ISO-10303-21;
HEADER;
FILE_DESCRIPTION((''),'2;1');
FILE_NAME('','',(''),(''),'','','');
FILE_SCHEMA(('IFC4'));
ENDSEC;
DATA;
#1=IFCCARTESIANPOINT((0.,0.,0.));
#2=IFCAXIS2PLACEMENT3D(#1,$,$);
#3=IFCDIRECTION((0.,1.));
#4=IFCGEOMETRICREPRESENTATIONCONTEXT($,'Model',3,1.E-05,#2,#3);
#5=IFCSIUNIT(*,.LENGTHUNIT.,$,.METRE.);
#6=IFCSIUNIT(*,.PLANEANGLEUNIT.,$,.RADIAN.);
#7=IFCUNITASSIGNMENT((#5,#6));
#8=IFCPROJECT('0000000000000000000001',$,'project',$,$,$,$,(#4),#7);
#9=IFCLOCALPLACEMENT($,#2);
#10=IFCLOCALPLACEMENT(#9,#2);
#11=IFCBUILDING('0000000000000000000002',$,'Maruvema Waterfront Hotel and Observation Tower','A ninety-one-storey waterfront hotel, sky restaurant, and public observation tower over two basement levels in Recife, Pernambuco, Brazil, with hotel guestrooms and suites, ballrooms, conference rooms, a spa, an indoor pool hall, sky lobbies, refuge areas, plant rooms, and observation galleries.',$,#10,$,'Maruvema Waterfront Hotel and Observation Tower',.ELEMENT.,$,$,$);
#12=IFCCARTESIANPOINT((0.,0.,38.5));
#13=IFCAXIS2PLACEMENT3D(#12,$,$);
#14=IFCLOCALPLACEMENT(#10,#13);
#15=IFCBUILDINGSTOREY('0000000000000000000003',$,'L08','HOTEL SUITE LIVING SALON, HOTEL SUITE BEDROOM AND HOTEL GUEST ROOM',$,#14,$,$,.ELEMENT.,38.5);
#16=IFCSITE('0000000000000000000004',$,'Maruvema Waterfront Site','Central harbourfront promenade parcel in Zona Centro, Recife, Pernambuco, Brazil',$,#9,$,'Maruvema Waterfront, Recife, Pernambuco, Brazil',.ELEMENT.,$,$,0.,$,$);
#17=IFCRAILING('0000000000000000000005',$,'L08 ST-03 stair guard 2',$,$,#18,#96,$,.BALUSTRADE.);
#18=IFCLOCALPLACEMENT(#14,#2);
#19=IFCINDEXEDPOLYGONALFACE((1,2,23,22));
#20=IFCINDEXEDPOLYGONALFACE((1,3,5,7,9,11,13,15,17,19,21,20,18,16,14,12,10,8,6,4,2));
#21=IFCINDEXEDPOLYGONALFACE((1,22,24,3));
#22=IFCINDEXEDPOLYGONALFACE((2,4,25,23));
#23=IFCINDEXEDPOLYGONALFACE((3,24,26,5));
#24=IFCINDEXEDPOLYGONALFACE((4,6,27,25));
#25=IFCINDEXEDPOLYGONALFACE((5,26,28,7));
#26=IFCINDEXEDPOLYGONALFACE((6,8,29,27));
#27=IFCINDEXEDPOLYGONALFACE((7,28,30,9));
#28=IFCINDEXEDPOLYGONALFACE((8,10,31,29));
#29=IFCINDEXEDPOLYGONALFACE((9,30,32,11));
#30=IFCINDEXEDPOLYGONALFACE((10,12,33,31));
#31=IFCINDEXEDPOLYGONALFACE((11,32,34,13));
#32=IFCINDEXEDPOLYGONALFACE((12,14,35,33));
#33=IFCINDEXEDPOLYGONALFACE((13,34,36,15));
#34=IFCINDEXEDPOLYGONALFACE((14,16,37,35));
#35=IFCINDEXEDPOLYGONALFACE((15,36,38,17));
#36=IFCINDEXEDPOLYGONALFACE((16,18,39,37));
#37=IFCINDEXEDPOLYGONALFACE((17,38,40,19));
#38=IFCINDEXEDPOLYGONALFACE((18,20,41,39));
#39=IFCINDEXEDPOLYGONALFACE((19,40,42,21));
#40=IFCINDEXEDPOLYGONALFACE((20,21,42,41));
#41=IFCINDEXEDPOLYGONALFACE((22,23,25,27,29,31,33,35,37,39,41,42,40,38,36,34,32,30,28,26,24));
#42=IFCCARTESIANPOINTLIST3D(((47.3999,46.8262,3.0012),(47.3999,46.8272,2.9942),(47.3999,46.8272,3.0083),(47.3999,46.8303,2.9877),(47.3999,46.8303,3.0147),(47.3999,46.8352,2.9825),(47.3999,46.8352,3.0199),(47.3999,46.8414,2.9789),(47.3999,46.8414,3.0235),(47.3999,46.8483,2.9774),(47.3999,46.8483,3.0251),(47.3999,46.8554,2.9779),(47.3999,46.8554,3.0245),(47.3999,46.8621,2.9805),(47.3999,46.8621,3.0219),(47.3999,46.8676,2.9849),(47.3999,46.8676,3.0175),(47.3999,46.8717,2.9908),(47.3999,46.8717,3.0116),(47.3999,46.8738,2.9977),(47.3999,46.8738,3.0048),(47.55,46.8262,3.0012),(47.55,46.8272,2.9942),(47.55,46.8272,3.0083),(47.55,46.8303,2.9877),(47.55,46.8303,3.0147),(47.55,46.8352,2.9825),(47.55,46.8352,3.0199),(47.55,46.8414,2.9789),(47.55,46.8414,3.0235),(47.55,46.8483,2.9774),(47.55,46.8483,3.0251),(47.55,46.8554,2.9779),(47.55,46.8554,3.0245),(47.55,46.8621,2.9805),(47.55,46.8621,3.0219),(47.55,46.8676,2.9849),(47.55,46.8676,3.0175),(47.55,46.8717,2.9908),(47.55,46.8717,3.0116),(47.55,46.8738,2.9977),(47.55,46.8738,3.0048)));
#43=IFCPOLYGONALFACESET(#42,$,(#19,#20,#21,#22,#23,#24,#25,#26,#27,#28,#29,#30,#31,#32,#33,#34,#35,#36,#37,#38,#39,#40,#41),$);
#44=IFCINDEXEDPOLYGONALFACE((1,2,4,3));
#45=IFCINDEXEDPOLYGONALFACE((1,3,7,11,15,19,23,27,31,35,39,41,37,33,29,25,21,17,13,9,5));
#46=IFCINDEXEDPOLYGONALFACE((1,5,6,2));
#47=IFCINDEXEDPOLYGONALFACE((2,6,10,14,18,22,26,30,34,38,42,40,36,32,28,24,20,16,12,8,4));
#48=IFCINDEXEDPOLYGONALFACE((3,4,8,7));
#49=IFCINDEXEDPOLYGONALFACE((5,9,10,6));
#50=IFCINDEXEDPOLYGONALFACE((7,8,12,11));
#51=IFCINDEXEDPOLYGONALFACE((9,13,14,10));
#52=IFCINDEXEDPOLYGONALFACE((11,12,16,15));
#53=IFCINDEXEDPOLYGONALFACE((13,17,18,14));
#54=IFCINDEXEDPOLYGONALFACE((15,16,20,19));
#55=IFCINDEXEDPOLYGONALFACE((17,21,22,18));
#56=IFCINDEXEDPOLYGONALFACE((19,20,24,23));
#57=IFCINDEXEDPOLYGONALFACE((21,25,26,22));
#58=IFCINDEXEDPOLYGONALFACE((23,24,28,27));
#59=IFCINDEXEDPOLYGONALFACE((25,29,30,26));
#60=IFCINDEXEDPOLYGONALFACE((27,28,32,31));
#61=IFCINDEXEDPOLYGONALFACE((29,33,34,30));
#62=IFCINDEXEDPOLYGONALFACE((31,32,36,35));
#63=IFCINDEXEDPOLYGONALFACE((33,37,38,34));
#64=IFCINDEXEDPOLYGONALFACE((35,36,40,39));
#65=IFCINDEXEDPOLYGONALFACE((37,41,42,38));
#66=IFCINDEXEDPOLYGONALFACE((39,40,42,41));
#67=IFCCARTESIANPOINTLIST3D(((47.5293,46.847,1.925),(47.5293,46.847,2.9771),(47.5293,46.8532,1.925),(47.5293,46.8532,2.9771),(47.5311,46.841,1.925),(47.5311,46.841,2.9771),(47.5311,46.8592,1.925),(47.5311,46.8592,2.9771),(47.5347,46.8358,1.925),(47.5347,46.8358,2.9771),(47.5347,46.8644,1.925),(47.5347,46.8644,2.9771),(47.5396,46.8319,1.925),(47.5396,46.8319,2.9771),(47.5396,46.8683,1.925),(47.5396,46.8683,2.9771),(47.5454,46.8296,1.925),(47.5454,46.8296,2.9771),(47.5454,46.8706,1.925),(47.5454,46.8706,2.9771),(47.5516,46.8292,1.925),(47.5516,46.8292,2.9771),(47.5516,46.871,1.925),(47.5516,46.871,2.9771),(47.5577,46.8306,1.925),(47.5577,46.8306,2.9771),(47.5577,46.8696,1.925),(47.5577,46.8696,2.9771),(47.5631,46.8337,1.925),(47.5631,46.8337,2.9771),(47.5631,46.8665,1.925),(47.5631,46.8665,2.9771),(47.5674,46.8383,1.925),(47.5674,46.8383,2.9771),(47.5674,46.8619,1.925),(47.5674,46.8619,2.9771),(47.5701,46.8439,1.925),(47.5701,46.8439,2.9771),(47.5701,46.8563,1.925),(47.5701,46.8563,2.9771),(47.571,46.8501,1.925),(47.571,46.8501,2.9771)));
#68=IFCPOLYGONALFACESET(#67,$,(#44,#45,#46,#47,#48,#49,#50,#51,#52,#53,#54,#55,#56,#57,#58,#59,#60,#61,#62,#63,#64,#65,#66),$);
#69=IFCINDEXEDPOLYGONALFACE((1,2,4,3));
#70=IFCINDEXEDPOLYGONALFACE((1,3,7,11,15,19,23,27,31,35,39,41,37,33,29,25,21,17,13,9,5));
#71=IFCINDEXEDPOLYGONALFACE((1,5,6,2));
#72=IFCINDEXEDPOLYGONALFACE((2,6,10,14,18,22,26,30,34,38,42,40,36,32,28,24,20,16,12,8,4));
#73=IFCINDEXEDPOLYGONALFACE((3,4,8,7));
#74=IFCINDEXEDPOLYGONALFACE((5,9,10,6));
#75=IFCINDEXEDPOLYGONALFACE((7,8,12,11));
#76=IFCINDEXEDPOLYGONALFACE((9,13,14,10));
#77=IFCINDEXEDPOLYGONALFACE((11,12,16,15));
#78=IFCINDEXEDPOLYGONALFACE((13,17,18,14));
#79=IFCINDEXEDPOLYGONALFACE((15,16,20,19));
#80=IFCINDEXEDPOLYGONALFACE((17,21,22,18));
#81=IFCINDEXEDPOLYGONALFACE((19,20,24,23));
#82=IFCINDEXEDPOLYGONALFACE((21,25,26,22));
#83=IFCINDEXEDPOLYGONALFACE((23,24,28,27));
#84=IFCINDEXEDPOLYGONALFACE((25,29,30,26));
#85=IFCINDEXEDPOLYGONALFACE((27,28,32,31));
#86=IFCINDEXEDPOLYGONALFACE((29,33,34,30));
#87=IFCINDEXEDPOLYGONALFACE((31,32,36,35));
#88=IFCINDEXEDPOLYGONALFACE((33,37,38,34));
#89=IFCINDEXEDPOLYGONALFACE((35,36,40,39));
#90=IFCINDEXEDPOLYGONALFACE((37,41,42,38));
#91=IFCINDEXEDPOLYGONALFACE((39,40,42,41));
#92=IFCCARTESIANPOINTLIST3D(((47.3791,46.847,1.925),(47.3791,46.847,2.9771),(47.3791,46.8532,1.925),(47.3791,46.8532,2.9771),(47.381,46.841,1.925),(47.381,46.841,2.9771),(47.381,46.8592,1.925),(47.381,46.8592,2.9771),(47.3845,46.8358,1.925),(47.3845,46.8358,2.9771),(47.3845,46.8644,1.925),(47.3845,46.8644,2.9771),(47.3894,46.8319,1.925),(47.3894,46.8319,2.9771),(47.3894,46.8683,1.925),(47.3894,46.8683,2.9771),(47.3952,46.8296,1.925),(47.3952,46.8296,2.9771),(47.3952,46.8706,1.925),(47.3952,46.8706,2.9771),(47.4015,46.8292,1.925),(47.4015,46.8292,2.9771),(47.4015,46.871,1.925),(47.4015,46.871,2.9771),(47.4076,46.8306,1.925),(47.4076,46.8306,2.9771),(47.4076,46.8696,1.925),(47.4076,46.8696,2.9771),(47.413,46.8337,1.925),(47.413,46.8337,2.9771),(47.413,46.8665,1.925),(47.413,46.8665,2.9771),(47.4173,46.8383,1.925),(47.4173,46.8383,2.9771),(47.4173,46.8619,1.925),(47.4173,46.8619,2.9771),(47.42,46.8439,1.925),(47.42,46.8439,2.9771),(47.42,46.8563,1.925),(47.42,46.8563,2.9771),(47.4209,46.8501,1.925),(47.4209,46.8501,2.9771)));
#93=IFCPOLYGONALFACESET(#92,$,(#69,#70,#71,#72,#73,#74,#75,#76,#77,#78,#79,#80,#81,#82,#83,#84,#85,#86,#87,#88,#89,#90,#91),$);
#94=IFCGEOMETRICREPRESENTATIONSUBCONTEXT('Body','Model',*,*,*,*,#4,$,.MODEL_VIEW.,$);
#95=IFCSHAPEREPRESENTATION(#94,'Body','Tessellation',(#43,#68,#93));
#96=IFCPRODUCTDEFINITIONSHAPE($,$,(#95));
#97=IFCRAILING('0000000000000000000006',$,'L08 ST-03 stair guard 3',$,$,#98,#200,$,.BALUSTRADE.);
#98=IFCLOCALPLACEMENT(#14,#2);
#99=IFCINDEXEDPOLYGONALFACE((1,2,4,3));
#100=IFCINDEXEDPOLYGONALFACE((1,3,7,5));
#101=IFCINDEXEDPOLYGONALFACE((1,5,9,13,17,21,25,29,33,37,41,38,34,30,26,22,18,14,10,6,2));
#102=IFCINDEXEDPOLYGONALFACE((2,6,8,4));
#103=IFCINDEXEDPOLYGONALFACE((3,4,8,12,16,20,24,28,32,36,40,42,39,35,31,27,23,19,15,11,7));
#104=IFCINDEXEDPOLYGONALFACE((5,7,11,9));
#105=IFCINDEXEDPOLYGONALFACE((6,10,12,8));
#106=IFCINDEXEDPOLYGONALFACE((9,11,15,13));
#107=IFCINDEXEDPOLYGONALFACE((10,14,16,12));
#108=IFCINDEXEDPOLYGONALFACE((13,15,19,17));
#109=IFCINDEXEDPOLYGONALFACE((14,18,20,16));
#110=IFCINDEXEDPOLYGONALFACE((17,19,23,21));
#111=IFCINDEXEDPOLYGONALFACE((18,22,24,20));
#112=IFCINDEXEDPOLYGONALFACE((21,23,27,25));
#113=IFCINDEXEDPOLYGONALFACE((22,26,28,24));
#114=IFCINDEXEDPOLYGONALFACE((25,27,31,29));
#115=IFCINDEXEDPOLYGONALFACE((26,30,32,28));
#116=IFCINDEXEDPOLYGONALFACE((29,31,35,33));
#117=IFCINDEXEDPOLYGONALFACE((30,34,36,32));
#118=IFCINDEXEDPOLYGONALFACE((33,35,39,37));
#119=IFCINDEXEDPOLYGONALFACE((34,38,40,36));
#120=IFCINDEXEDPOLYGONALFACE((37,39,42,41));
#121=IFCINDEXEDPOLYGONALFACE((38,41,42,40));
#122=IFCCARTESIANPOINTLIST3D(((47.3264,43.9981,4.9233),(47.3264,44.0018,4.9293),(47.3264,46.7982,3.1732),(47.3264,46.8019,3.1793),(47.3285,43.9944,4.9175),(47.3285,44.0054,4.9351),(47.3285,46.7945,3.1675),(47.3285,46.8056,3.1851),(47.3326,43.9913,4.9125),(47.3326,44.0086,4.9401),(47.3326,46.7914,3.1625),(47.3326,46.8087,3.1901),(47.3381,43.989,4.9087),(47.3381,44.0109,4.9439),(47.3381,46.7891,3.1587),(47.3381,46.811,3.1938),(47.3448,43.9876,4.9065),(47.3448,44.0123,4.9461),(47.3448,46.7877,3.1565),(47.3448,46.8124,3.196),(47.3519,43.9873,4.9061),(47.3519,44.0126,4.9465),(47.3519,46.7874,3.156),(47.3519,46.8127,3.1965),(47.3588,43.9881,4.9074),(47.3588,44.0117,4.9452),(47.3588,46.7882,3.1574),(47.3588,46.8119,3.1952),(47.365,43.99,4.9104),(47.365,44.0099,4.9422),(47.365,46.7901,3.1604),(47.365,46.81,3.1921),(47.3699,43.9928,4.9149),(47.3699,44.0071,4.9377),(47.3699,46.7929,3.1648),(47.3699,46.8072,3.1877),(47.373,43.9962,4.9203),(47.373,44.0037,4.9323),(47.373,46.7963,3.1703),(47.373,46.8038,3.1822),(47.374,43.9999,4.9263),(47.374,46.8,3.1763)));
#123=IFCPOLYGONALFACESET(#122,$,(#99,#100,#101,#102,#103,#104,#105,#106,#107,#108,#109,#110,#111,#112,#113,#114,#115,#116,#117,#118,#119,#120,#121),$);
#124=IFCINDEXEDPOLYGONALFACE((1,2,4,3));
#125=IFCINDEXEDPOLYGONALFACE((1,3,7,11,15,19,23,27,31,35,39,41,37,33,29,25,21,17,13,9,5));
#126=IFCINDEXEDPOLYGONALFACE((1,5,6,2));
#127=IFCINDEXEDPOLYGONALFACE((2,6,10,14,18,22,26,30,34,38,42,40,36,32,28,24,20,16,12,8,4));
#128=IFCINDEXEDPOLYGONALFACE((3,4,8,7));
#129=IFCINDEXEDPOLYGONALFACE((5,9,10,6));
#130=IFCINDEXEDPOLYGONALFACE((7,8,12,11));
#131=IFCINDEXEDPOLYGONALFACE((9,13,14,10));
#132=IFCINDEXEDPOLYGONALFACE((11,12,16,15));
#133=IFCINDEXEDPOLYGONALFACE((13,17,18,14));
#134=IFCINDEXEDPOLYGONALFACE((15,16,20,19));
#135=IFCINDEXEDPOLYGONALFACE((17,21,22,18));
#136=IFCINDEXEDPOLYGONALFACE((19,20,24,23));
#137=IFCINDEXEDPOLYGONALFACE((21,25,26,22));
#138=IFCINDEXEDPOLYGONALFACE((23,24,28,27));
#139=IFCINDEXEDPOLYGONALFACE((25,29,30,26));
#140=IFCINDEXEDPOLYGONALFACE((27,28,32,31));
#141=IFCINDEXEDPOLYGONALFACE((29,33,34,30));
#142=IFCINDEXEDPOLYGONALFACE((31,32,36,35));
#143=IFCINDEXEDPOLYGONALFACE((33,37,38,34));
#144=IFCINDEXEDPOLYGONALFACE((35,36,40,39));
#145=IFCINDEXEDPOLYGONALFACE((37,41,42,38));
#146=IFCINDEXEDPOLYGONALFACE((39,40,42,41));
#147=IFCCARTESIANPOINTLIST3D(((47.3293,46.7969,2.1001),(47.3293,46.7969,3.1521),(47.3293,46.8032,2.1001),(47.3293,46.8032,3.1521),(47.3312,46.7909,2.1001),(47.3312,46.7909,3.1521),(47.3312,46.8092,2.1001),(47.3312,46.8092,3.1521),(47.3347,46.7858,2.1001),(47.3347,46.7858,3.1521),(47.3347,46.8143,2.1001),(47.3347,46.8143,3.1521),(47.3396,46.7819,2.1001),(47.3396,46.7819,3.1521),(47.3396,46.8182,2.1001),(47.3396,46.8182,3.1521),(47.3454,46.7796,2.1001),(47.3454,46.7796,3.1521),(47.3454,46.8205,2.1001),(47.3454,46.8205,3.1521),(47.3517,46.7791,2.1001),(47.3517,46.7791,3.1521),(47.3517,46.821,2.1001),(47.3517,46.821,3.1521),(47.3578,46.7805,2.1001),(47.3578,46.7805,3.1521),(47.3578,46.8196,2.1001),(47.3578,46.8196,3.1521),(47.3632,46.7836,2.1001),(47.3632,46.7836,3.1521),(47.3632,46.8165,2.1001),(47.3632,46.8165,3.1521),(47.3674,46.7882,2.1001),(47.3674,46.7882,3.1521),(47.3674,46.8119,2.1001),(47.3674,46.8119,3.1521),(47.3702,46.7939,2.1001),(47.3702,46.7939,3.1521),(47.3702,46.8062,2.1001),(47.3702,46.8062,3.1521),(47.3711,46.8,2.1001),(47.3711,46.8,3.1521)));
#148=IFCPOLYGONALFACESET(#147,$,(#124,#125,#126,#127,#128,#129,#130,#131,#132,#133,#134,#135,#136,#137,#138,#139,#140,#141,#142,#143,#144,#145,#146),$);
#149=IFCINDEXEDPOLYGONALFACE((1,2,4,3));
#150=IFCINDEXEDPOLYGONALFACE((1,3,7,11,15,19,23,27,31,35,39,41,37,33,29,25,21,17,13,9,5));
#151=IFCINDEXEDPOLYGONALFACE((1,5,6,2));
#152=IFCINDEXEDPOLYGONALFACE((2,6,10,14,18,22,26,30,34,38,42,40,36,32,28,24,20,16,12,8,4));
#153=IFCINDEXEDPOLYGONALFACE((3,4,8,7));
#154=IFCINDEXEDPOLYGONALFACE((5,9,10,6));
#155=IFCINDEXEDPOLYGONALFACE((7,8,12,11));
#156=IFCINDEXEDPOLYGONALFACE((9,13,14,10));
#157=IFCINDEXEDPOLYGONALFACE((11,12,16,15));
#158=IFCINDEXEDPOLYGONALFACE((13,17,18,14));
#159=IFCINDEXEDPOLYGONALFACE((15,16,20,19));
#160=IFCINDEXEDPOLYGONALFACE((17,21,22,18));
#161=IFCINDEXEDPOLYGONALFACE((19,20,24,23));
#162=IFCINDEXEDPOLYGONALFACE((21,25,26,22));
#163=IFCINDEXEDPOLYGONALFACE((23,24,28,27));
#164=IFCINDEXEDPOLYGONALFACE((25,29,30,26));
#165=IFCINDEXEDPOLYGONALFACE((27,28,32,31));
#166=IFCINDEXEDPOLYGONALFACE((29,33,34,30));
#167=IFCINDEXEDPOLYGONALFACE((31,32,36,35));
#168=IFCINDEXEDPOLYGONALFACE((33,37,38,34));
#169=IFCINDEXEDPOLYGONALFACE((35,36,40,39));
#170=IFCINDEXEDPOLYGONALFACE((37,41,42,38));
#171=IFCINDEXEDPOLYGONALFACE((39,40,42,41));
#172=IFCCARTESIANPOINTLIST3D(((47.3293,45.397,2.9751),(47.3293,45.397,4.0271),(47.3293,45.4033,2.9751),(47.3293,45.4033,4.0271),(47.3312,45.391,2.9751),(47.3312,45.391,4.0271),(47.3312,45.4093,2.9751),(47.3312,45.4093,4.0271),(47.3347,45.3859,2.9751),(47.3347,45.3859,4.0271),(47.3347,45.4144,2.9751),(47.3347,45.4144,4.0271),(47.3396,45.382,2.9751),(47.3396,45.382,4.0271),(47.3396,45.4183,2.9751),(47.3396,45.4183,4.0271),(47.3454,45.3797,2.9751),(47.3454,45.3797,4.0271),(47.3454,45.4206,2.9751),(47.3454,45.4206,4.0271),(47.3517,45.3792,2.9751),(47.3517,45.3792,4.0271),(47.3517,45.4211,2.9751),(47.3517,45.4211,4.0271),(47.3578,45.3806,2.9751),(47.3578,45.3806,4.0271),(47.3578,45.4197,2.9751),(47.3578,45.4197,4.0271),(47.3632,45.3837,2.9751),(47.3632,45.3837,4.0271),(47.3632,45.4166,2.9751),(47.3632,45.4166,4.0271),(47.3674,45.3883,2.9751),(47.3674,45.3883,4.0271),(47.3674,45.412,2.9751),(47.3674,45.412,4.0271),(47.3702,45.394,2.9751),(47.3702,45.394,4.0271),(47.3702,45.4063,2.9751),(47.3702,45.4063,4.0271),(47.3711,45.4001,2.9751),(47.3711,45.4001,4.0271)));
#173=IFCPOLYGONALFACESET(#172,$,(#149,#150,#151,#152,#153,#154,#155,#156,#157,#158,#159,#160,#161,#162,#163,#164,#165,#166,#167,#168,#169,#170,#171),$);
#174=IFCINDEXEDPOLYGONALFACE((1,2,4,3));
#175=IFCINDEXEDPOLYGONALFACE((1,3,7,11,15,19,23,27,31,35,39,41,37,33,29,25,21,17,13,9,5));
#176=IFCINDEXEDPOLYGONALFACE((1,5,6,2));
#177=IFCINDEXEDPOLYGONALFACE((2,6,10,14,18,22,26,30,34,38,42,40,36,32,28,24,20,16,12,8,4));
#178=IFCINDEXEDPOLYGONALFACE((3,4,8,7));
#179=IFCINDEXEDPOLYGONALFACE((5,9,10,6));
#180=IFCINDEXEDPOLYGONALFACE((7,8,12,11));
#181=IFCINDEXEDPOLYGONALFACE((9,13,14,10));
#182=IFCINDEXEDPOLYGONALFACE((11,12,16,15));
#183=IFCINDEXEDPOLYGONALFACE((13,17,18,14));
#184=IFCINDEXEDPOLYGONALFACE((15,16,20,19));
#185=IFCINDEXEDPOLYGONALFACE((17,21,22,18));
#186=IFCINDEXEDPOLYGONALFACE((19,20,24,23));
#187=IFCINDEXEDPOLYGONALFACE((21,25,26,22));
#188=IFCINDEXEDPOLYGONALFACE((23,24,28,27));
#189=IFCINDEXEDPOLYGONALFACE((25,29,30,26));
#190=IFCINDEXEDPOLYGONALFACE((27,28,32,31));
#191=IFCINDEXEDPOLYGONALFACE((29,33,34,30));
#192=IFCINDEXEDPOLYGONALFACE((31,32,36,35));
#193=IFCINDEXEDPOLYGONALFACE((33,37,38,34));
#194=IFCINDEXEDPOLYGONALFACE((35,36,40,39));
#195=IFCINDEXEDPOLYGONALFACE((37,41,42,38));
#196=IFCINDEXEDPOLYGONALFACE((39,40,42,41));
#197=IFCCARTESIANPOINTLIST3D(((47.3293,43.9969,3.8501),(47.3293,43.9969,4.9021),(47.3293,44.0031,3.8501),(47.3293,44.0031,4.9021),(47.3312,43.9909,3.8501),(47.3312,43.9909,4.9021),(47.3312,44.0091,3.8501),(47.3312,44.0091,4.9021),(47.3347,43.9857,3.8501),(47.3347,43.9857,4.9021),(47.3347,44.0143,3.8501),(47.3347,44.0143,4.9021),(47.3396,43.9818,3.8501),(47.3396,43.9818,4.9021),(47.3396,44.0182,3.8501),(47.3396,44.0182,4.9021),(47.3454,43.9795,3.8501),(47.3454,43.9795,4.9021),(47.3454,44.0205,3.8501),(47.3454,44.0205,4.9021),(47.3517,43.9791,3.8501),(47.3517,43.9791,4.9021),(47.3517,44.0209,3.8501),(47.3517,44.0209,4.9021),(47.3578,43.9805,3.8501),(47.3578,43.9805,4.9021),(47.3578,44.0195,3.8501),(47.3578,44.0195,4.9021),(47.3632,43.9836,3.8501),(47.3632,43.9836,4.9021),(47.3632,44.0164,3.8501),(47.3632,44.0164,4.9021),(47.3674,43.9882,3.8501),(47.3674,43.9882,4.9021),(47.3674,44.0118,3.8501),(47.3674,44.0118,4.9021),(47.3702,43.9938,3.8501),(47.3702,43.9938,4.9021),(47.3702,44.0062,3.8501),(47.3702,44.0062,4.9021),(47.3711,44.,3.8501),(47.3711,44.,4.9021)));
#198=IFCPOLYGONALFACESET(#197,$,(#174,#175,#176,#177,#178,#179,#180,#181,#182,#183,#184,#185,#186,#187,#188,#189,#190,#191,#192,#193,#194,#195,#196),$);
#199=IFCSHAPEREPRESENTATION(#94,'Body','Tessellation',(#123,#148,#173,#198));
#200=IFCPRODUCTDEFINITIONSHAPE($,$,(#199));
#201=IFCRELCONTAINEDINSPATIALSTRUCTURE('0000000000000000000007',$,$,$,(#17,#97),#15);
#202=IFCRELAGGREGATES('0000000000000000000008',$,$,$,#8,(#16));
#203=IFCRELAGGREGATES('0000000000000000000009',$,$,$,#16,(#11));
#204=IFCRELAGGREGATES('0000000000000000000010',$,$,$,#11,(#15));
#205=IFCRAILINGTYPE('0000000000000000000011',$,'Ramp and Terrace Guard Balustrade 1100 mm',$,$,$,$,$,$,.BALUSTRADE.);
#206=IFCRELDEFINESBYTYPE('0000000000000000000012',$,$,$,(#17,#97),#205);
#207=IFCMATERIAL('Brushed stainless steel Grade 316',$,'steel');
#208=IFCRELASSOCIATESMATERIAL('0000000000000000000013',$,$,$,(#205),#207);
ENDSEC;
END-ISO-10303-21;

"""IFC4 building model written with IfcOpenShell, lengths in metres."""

from ifc_helpers import new_model, si_unit, direction, frame, origin, origin_2d, place, context, subcontext, project, spatial, circle, extrude, material, type_object, element, save


model = new_model("IFC4")

# Units and contexts
model_context = context("Model", 3, precision=1e-05, world=origin(), true_north=direction((0.0, 1.0)))
body_context = subcontext(model_context, "Body", "Model", "MODEL_VIEW")
ifc_project = project(units=[si_unit("LENGTHUNIT", "METRE"), si_unit("PLANEANGLEUNIT", "RADIAN")], contexts=[model_context])

# Site, building, storey
site_placement = place(None, origin())
site = spatial("IfcSite", under=ifc_project, at=site_placement, Name="Maruvema Waterfront Site", Description="Central harbourfront promenade parcel in Zona Centro, Recife, Pernambuco, Brazil", LongName="Maruvema Waterfront, Recife, Pernambuco, Brazil", CompositionType="ELEMENT", RefElevation=0.0)
building_placement = place(site_placement, origin())
building = spatial("IfcBuilding", under=site, at=building_placement, Name="Maruvema Waterfront Hotel and Observation Tower", Description="A ninety-one-storey waterfront hotel, sky restaurant, and public observation tower over two basement levels in Recife, Pernambuco, Brazil, with hotel guestrooms and suites, ballrooms, conference rooms, a spa, an indoor pool hall, sky lobbies, refuge areas, plant rooms, and observation galleries.", LongName="Maruvema Waterfront Hotel and Observation Tower", CompositionType="ELEMENT")
storey_placement = place(building_placement, frame((0.0, 0.0, 38.5)))
storey = spatial("IfcBuildingStorey", under=building, at=storey_placement, Name="L08", Description="HOTEL SUITE LIVING SALON, HOTEL SUITE BEDROOM AND HOTEL GUEST ROOM", CompositionType="ELEMENT", Elevation=38.5)

# Railings
ifc_material_1 = material(Name="Brushed stainless steel Grade 316", Category="steel")
railing_type_1 = type_object("IfcRailingType", Name="Ramp and Terrace Guard Balustrade 1100 mm", PredefinedType="BALUSTRADE", material=ifc_material_1)
railing_1_placement = place(storey_placement, frame((47.55, 46.8501, 1.925)))
element("IfcRailing", 1, at=railing_1_placement, inside=storey, type_object=railing_type_1, Name="L08 ST-03 stair guard 2", PredefinedType="BALUSTRADE", context=body_context, shape_type="SweptSolid", body=[
    extrude(circle(Radius=0.0239, at=origin_2d()), frame((0.0, 0.0, 1.0762), z_axis=(-1.0, 0.0, 0.0), x_axis=(0.0, -1.0, 0.0)), (0.0, 0.0, 1.0), 0.1501),
    extrude(circle(Radius=0.021, at=origin_2d()), origin(), (0.0, 0.0, 1.0), 1.052),
    extrude(circle(Radius=0.021, at=origin_2d()), frame((-0.1501, 0.0, 0.0)), (0.0, 0.0, 1.0), 1.052),
])
railing_2_placement = place(storey_placement, frame((47.3501, 46.8, 2.1001)))
element("IfcRailing", 2, at=railing_2_placement, inside=storey, type_object=railing_type_1, Name="L08 ST-03 stair guard 3", PredefinedType="BALUSTRADE", context=body_context, shape_type="SweptSolid", body=[
    extrude(circle(Radius=0.0239, at=origin_2d()), frame((0.0, 0.0, 1.0762), z_axis=(0.0, -0.848002, 0.529992), x_axis=(1.0, 0.0, 0.0)), (0.0, 0.0, 1.0), 3.302),
    extrude(circle(Radius=0.021, at=origin_2d()), origin(), (0.0, 0.0, 1.0), 1.052),
    extrude(circle(Radius=0.021, at=origin_2d()), frame((0.0, -1.3999, 0.875)), (0.0, 0.0, 1.0), 1.052),
    extrude(circle(Radius=0.021, at=origin_2d()), frame((0.0, -2.8, 1.75)), (0.0, 0.0, 1.0), 1.052),
])

save(model, "model.ifc")
